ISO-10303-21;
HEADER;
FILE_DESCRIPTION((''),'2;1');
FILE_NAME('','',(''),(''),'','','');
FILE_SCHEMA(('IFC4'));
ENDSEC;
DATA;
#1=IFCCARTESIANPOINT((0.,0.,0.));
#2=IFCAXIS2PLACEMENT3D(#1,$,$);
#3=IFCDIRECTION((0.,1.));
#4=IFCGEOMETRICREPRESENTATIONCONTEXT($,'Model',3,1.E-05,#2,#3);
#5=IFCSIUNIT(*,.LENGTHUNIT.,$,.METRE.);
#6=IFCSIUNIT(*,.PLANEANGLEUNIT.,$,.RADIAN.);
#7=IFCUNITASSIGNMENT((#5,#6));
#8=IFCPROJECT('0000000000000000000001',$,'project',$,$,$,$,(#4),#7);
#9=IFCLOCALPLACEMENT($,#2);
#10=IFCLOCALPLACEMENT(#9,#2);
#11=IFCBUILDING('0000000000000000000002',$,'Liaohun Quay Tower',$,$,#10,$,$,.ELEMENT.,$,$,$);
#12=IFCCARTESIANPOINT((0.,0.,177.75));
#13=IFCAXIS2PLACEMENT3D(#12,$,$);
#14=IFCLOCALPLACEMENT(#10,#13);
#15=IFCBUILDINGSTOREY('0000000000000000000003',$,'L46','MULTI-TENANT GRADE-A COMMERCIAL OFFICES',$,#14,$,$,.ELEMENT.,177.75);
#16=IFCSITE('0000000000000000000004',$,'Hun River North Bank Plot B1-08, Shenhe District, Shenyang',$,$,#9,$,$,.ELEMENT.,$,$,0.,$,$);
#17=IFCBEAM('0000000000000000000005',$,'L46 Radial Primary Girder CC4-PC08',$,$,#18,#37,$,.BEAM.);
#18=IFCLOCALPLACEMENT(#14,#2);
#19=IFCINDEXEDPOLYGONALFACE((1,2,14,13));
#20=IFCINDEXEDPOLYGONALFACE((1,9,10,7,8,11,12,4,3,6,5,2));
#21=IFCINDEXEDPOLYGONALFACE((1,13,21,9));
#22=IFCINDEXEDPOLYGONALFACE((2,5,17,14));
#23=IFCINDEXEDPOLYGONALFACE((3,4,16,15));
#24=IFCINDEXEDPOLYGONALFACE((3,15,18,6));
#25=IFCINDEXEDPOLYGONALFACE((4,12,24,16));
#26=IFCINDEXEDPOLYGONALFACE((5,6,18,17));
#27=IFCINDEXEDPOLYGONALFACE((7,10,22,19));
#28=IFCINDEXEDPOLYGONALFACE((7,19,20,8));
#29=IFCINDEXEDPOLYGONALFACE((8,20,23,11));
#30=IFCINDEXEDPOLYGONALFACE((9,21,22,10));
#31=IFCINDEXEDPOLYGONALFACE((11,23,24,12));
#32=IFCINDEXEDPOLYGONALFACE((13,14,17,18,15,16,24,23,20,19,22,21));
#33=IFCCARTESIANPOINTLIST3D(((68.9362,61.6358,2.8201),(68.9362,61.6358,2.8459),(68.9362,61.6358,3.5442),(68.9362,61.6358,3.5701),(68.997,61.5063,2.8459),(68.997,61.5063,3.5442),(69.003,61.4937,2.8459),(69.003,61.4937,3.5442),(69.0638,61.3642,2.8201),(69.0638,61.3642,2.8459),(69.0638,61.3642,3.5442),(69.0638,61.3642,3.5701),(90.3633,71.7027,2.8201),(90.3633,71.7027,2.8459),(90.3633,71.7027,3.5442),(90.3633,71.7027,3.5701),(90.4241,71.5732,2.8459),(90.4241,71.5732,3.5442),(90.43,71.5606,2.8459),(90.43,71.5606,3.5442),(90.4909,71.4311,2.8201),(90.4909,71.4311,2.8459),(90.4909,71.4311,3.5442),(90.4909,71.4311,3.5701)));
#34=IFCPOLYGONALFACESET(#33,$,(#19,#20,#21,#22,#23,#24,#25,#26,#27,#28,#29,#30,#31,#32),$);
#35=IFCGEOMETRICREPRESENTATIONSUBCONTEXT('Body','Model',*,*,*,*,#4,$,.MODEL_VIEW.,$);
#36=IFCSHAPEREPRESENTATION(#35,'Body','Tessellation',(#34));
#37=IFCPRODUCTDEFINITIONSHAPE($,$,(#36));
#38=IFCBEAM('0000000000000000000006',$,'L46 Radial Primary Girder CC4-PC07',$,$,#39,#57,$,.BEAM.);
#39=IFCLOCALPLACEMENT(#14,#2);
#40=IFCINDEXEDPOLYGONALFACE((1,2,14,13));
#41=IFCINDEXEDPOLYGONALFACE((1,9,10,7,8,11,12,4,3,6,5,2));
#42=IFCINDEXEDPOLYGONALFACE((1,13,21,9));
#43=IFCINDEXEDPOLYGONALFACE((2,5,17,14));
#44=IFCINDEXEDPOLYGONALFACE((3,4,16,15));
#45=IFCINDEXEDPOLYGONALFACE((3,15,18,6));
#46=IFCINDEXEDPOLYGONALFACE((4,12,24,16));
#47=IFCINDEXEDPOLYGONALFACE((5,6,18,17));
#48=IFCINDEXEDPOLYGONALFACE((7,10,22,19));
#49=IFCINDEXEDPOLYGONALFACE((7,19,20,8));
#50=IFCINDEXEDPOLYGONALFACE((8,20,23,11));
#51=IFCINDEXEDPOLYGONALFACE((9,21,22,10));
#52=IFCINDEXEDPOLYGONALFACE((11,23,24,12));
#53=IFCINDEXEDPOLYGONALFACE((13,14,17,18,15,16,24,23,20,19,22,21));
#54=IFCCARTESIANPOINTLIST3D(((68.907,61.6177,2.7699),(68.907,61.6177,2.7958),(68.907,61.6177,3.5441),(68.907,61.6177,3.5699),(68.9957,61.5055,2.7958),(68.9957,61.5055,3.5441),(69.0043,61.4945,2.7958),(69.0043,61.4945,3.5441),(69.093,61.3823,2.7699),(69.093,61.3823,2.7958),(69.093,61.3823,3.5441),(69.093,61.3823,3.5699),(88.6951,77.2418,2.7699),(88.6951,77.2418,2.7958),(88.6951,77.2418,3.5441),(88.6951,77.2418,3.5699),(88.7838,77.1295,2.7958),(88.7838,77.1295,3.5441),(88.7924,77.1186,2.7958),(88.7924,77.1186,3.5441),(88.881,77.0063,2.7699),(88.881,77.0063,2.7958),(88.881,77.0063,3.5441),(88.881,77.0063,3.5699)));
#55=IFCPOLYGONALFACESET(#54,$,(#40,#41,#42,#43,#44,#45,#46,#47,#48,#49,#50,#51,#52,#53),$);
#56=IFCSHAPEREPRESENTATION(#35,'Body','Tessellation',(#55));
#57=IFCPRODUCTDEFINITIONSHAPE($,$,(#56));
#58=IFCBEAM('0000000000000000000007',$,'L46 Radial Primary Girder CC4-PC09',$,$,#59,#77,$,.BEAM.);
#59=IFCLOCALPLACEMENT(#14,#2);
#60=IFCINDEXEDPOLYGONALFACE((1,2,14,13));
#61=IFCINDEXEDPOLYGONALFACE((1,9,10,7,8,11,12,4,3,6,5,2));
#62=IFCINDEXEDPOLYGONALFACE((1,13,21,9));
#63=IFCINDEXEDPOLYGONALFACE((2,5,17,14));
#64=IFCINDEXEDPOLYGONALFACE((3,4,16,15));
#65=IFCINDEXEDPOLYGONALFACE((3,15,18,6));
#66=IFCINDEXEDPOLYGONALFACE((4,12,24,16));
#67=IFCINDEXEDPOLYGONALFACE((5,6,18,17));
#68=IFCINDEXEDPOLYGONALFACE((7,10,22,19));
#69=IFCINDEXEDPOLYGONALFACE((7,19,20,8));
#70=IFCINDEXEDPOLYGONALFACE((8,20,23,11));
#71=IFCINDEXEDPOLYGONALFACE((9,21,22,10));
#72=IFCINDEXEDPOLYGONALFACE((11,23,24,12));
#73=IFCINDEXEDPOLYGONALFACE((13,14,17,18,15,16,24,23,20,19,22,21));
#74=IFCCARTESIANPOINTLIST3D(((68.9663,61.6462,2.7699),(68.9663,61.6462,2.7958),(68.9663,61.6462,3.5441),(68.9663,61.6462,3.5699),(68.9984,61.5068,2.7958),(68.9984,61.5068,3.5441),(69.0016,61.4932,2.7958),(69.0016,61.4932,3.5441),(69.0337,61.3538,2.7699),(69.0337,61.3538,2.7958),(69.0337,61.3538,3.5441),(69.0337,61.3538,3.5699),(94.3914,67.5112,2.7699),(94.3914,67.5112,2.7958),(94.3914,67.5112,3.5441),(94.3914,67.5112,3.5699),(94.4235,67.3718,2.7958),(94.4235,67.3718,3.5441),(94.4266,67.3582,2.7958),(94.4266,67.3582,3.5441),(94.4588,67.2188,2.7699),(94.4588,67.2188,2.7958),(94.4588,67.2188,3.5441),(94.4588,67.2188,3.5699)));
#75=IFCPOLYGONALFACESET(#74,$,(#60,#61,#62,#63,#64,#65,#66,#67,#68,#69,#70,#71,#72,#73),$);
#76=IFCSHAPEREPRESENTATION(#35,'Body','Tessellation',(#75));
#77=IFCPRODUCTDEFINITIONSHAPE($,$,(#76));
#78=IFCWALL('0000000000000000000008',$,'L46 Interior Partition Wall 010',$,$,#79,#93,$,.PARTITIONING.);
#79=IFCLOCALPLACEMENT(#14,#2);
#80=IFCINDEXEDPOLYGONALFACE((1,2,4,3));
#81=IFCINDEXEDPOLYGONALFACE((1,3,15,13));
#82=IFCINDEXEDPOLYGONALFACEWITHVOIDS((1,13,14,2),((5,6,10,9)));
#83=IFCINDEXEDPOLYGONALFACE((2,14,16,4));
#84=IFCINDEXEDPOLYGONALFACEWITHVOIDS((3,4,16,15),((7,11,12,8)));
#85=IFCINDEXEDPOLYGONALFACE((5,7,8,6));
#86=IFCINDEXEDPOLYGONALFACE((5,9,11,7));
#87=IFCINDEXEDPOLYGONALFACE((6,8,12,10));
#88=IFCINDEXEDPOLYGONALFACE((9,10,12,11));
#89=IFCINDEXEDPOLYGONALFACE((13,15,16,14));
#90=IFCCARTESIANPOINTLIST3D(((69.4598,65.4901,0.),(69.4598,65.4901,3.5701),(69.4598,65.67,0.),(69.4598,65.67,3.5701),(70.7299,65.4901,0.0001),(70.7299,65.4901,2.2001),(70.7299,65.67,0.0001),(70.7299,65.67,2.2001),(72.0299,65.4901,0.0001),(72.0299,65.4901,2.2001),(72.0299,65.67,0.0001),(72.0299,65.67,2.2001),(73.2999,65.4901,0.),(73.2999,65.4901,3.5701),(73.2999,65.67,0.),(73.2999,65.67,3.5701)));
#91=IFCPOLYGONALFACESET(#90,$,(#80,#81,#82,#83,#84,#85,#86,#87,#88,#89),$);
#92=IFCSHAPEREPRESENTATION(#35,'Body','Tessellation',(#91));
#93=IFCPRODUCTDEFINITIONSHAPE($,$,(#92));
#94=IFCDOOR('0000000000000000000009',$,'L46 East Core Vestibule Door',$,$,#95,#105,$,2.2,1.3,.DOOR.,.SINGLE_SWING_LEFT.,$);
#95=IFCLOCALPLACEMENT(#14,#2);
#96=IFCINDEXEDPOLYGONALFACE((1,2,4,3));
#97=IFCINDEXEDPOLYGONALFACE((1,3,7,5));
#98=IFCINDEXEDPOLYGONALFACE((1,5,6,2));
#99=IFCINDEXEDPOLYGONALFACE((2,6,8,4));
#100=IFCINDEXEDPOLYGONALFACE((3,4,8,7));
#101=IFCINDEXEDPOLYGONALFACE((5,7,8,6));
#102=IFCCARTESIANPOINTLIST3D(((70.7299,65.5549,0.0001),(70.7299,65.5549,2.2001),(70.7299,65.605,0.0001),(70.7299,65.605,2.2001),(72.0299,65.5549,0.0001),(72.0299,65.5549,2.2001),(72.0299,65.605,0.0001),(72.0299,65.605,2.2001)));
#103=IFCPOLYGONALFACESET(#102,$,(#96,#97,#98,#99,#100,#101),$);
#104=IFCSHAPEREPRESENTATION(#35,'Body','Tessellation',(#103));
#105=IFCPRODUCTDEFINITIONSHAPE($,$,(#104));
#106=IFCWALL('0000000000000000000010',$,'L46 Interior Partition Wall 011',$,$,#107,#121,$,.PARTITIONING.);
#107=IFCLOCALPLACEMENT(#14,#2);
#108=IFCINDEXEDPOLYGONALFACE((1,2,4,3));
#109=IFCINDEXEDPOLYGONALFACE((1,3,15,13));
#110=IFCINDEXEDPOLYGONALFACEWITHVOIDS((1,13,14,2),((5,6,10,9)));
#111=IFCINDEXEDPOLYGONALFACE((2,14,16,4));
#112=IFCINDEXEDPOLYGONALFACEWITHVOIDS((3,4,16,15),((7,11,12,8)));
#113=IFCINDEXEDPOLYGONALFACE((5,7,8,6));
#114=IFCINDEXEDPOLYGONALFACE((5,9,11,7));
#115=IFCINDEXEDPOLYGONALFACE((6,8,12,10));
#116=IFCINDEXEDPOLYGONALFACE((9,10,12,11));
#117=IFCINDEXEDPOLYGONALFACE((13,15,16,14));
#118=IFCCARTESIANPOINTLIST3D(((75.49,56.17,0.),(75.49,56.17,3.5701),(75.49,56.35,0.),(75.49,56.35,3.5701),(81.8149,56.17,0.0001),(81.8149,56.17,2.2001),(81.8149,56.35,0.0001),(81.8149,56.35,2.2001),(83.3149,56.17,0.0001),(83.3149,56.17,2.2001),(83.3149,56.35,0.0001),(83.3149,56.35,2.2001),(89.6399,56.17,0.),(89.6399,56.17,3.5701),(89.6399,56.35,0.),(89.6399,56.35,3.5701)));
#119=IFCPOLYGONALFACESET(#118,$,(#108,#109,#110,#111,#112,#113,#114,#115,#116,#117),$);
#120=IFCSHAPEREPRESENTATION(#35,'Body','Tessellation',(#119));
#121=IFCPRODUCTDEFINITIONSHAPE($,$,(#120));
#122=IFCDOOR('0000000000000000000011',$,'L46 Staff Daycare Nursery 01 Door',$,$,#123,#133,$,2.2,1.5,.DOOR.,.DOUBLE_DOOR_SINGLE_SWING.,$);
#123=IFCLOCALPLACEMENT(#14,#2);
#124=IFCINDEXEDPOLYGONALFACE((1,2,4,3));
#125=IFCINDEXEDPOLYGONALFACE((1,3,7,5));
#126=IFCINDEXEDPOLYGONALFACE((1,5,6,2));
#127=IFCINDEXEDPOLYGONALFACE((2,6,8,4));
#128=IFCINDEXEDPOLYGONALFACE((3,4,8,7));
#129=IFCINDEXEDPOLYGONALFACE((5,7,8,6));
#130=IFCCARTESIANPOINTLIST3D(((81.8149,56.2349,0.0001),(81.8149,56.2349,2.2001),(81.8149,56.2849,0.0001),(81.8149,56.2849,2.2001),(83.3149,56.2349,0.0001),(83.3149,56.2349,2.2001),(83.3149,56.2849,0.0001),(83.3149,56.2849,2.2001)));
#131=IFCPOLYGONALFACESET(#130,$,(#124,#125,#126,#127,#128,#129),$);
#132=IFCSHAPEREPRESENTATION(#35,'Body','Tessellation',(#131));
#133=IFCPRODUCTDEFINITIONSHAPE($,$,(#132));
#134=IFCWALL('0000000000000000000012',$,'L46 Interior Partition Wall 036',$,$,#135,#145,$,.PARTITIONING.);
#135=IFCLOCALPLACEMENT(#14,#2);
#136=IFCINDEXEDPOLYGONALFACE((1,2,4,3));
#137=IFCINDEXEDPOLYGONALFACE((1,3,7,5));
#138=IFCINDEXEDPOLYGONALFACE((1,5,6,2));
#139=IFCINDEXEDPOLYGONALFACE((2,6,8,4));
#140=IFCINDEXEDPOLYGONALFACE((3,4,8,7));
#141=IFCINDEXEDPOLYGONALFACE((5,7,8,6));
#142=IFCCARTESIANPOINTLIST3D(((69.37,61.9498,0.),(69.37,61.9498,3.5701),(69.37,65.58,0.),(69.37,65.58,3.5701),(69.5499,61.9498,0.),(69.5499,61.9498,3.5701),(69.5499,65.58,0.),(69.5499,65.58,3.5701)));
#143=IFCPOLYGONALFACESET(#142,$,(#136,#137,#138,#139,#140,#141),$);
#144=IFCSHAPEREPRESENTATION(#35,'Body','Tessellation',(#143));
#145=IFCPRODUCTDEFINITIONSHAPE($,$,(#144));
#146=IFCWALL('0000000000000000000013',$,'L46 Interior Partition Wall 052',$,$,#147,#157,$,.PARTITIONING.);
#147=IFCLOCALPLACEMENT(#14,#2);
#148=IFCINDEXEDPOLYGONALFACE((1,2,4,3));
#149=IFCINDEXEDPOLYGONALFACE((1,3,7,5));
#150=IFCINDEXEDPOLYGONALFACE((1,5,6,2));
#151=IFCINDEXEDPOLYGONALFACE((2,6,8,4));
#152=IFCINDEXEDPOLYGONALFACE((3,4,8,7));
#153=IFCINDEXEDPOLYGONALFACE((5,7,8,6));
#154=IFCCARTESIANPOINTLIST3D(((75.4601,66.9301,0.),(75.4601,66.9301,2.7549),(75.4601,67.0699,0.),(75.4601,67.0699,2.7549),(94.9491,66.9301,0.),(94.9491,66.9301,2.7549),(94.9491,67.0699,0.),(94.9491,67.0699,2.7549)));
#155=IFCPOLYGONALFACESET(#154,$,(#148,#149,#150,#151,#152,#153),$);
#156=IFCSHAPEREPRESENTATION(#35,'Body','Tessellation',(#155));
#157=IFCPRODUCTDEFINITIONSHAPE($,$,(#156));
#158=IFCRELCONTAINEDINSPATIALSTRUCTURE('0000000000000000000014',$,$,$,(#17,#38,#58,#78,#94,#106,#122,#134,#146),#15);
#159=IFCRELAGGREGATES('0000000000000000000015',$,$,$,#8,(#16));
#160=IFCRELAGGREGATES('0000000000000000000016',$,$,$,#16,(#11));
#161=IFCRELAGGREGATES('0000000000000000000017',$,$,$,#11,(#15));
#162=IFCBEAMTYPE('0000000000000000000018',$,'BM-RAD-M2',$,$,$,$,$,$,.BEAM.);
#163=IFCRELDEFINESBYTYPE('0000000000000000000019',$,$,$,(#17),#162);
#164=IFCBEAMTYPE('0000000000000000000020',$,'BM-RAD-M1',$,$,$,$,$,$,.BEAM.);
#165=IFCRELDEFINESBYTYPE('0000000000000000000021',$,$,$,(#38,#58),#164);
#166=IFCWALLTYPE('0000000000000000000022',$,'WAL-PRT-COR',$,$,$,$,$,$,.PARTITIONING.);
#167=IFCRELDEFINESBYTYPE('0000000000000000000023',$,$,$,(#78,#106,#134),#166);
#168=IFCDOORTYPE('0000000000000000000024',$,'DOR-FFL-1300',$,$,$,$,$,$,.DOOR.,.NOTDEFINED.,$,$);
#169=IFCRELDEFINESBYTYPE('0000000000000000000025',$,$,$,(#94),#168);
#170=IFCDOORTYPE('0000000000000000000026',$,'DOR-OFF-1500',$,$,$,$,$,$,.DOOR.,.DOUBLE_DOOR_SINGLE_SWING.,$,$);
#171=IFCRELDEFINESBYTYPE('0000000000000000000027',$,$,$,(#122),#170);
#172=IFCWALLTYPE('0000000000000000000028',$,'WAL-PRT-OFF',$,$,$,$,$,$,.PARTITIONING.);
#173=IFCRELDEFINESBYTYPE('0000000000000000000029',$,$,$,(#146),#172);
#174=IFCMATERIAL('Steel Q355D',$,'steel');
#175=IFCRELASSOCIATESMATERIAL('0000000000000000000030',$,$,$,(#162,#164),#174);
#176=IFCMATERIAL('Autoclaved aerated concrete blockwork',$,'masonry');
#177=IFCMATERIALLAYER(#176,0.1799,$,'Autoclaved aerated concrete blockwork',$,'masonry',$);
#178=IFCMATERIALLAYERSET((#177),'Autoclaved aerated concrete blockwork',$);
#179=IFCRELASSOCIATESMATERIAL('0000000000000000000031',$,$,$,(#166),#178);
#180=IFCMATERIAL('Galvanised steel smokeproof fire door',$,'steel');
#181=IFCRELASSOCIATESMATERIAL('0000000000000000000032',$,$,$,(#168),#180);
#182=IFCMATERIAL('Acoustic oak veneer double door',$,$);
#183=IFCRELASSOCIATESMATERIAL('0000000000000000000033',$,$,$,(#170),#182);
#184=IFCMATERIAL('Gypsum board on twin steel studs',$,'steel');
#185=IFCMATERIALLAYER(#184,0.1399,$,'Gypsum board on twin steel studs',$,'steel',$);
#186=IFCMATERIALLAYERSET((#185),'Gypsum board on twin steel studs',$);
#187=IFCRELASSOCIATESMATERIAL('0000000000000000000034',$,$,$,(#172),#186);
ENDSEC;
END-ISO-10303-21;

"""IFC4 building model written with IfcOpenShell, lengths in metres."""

from ifc_helpers import new_model, si_unit, direction, frame, frame_2d, origin, origin_2d, place, context, subcontext, project, spatial, rectangle, i_section, extrude, source, transform, mapped, material, layer, layer_set, material_profile, profile_set, type_object, element, fill, save


model = new_model("IFC4")

# Units and contexts
model_context = context("Model", 3, precision=1e-05, world=origin(), true_north=direction((0.0, 1.0)))
body_context = subcontext(model_context, "Body", "Model", "MODEL_VIEW")
ifc_project = project(units=[si_unit("LENGTHUNIT", "METRE"), si_unit("PLANEANGLEUNIT", "RADIAN")], contexts=[model_context])

# Site, building, storey
site_placement = place(None, origin())
site = spatial("IfcSite", under=ifc_project, at=site_placement, Name="Hun River North Bank Plot B1-08, Shenhe District, Shenyang", CompositionType="ELEMENT", RefElevation=0.0)
building_placement = place(site_placement, origin())
building = spatial("IfcBuilding", under=site, at=building_placement, Name="Liaohun Quay Tower", CompositionType="ELEMENT")
storey_placement = place(building_placement, frame((0.0, 0.0, 177.75)))
storey = spatial("IfcBuildingStorey", under=building, at=storey_placement, Name="L46", Description="MULTI-TENANT GRADE-A COMMERCIAL OFFICES", CompositionType="ELEMENT", Elevation=177.75)

# Beams
ifc_material_1 = material(Name="Steel Q355D", Category="steel")
ifc_material_profile_1 = material_profile(ifc_material_1, i_section(OverallWidth=0.3, OverallDepth=0.75, WebThickness=0.0139, FlangeThickness=0.0259, at=origin_2d()), Name="HN750x300x14x26")
ifc_profile_set_1 = profile_set([ifc_material_profile_1], Name="Steel Q355D")
beam_type_1 = type_object("IfcBeamType", Name="BM-RAD-M2", PredefinedType="BEAM", material=ifc_profile_set_1)
shared_shape_1 = source(origin(), body_context, "Body", "SweptSolid", [
    extrude(i_section(OverallWidth=0.3, OverallDepth=0.75, WebThickness=0.0139, FlangeThickness=0.0259, at=origin_2d()), origin(), (0.0, 0.0, 1.0), 23.6741),
])
beam_1_placement = place(storey_placement, frame((69.0, 61.5, 3.1951), z_axis=(0.905085, 0.42523, 0.0), x_axis=(-0.42523, 0.905085, 0.0)))
element("IfcBeam", 1, at=beam_1_placement, inside=storey, type_object=beam_type_1, Name="L46 Radial Primary Girder CC4-PC08", PredefinedType="BEAM", context=body_context, shape_type="MappedRepresentation", body=[
    mapped(shared_shape_1, transform((0.0, 0.0, 0.0), x_axis=(1.0, 0.0, 0.0), y_axis=(0.0, 1.0, 0.0), z_axis=(0.0, 0.0, 1.0), scale=1.0)),
])
ifc_material_profile_2 = material_profile(ifc_material_1, i_section(OverallWidth=0.3, OverallDepth=0.8, WebThickness=0.0139, FlangeThickness=0.0259, at=origin_2d()), Name="HN800x300x14x26")
ifc_profile_set_2 = profile_set([ifc_material_profile_2], Name="Steel Q355D")
beam_type_2 = type_object("IfcBeamType", Name="BM-RAD-M1", PredefinedType="BEAM", material=ifc_profile_set_2)
shared_shape_2 = source(origin(), body_context, "Body", "SweptSolid", [
    extrude(i_section(OverallWidth=0.3, OverallDepth=0.8, WebThickness=0.0139, FlangeThickness=0.0259, at=origin_2d()), origin(), (0.0, 0.0, 1.0), 25.2126),
])
beam_2_placement = place(storey_placement, frame((69.0, 61.5, 3.1699), z_axis=(0.784847, 0.619689, 0.0), x_axis=(-0.619689, 0.784847, 0.0)))
element("IfcBeam", 2, at=beam_2_placement, inside=storey, type_object=beam_type_2, Name="L46 Radial Primary Girder CC4-PC07", PredefinedType="BEAM", context=body_context, shape_type="MappedRepresentation", body=[
    mapped(shared_shape_2, transform((0.0, 0.0, 0.0), x_axis=(1.0, 0.0, 0.0), y_axis=(0.0, 1.0, 0.0), z_axis=(0.0, 0.0, 1.0), scale=1.0)),
])
shared_shape_3 = source(origin(), body_context, "Body", "SweptSolid", [
    extrude(i_section(OverallWidth=0.3, OverallDepth=0.8, WebThickness=0.0139, FlangeThickness=0.0259, at=origin_2d()), origin(), (0.0, 0.0, 1.0), 26.0928),
])
beam_3_placement = place(storey_placement, frame((69.0, 61.5, 3.1699), z_axis=(0.974411, 0.224775, 0.0), x_axis=(-0.224775, 0.974411, 0.0)))
element("IfcBeam", 3, at=beam_3_placement, inside=storey, type_object=beam_type_2, Name="L46 Radial Primary Girder CC4-PC09", PredefinedType="BEAM", context=body_context, shape_type="MappedRepresentation", body=[
    mapped(shared_shape_3, transform((0.0, 0.0, 0.0), x_axis=(1.0, 0.0, 0.0), y_axis=(0.0, 1.0, 0.0), z_axis=(0.0, 0.0, 1.0), scale=1.0)),
])

# Walls, openings, doors
ifc_material_2 = material(Name="Autoclaved aerated concrete blockwork", Category="masonry")
ifc_layer_1 = layer(ifc_material_2, 0.1799, Name="Autoclaved aerated concrete blockwork", Category="masonry")
ifc_layer_set_1 = layer_set([ifc_layer_1], Name="Autoclaved aerated concrete blockwork")
wall_type_1 = type_object("IfcWallType", Name="WAL-PRT-COR", PredefinedType="PARTITIONING", material=ifc_layer_set_1)
wall_1_placement = place(storey_placement, frame((69.46, 65.5801, 0.0), z_axis=(0.0, 0.0, 1.0), x_axis=(1.0, 0.0, 0.0)))
wall_1 = element("IfcWall", 4, at=wall_1_placement, inside=storey, type_object=wall_type_1, Name="L46 Interior Partition Wall 010", PredefinedType="PARTITIONING", context=body_context, shape_type="SweptSolid", body=[
    extrude(rectangle(XDim=3.8401, YDim=0.1799, at=frame_2d((1.9199, 0.0))), origin(), (0.0, 0.0, 1.0), 3.5701),
])
shared_shape_4 = source(origin(), body_context, "Body", "SweptSolid", [
    extrude(rectangle(XDim=1.3, YDim=2.2, at=frame_2d((0.6499, 1.1001))), frame((0.0, 0.0999, 0.0), z_axis=(0.0, -1.0, 0.0), x_axis=(1.0, 0.0, 0.0)), (0.0, 0.0, 1.0), 0.2),
])
opening_1_placement = place(wall_1_placement, frame((1.27, 0.0, 0.0)))
opening_1 = element("IfcOpeningElement", 5, at=opening_1_placement, cuts=wall_1, PredefinedType="OPENING", context=body_context, shape_type="MappedRepresentation", body=[
    mapped(shared_shape_4, transform((0.0, 0.0, 0.0), x_axis=(1.0, 0.0, 0.0), y_axis=(0.0, 1.0, 0.0), z_axis=(0.0, 0.0, 1.0), scale=1.0)),
])
ifc_material_3 = material(Name="Galvanised steel smokeproof fire door", Category="steel")
door_type_1 = type_object("IfcDoorType", Name="DOR-FFL-1300", OperationType="NOTDEFINED", PredefinedType="DOOR", material=ifc_material_3)
shared_shape_5 = source(origin(), body_context, "Body", "SweptSolid", [
    extrude(rectangle(XDim=1.3, YDim=2.2, at=frame_2d((0.6499, 1.1001))), frame((0.0, 0.0249, 0.0), z_axis=(0.0, -1.0, 0.0), x_axis=(1.0, 0.0, 0.0)), (0.0, 0.0, 1.0), 0.05),
])
door_1_placement = place(opening_1_placement, origin())
door_1 = element("IfcDoor", 6, at=door_1_placement, inside=storey, type_object=door_type_1, Name="L46 East Core Vestibule Door", OperationType="SINGLE_SWING_LEFT", OverallHeight=2.2, OverallWidth=1.3, PredefinedType="DOOR", context=body_context, shape_type="MappedRepresentation", body=[
    mapped(shared_shape_5, transform((0.0, 0.0, 0.0), x_axis=(1.0, 0.0, 0.0), y_axis=(0.0, 1.0, 0.0), z_axis=(0.0, 0.0, 1.0), scale=1.0)),
])
fill(opening_1, door_1)
wall_2_placement = place(storey_placement, frame((75.49, 56.26, 0.0), z_axis=(0.0, 0.0, 1.0), x_axis=(1.0, 0.0, 0.0)))
wall_2 = element("IfcWall", 7, at=wall_2_placement, inside=storey, type_object=wall_type_1, Name="L46 Interior Partition Wall 011", PredefinedType="PARTITIONING", context=body_context, shape_type="SweptSolid", body=[
    extrude(rectangle(XDim=14.1499, YDim=0.1799, at=frame_2d((7.075, 0.0))), origin(), (0.0, 0.0, 1.0), 3.5701),
])
shared_shape_6 = source(origin(), body_context, "Body", "SweptSolid", [
    extrude(rectangle(XDim=1.5, YDim=2.2, at=frame_2d((0.75, 1.1001))), frame((0.0, 0.0999, 0.0), z_axis=(0.0, -1.0, 0.0), x_axis=(1.0, 0.0, 0.0)), (0.0, 0.0, 1.0), 0.2),
])
opening_2_placement = place(wall_2_placement, frame((6.325, 0.0, 0.0)))
opening_2 = element("IfcOpeningElement", 8, at=opening_2_placement, cuts=wall_2, PredefinedType="OPENING", context=body_context, shape_type="MappedRepresentation", body=[
    mapped(shared_shape_6, transform((0.0, 0.0, 0.0), x_axis=(1.0, 0.0, 0.0), y_axis=(0.0, 1.0, 0.0), z_axis=(0.0, 0.0, 1.0), scale=1.0)),
])
ifc_material_4 = material(Name="Acoustic oak veneer double door")
door_type_2 = type_object("IfcDoorType", Name="DOR-OFF-1500", OperationType="DOUBLE_DOOR_SINGLE_SWING", PredefinedType="DOOR", material=ifc_material_4)
shared_shape_7 = source(origin(), body_context, "Body", "SweptSolid", [
    extrude(rectangle(XDim=1.5, YDim=2.2, at=frame_2d((0.75, 1.1001))), frame((0.0, 0.0249, 0.0), z_axis=(0.0, -1.0, 0.0), x_axis=(1.0, 0.0, 0.0)), (0.0, 0.0, 1.0), 0.05),
])
door_2_placement = place(opening_2_placement, origin())
door_2 = element("IfcDoor", 9, at=door_2_placement, inside=storey, type_object=door_type_2, Name="L46 Staff Daycare Nursery 01 Door", OperationType="DOUBLE_DOOR_SINGLE_SWING", OverallHeight=2.2, OverallWidth=1.5, PredefinedType="DOOR", context=body_context, shape_type="MappedRepresentation", body=[
    mapped(shared_shape_7, transform((0.0, 0.0, 0.0), x_axis=(1.0, 0.0, 0.0), y_axis=(0.0, 1.0, 0.0), z_axis=(0.0, 0.0, 1.0), scale=1.0)),
])
fill(opening_2, door_2)

# Walls
wall_3_placement = place(storey_placement, frame((69.46, 61.95, 0.0), z_axis=(0.0, 0.0, 1.0), x_axis=(0.0, 1.0, 0.0)))
element("IfcWall", 10, at=wall_3_placement, inside=storey, type_object=wall_type_1, Name="L46 Interior Partition Wall 036", PredefinedType="PARTITIONING", context=body_context, shape_type="SweptSolid", body=[
    extrude(rectangle(XDim=3.6301, YDim=0.1799, at=frame_2d((1.8149, 0.0))), origin(), (0.0, 0.0, 1.0), 3.5701),
])
ifc_material_5 = material(Name="Gypsum board on twin steel studs", Category="steel")
ifc_layer_2 = layer(ifc_material_5, 0.1399, Name="Gypsum board on twin steel studs", Category="steel")
ifc_layer_set_2 = layer_set([ifc_layer_2], Name="Gypsum board on twin steel studs")
wall_type_2 = type_object("IfcWallType", Name="WAL-PRT-OFF", PredefinedType="PARTITIONING", material=ifc_layer_set_2)
wall_4_placement = place(storey_placement, frame((75.46, 67.0, 0.0), z_axis=(0.0, 0.0, 1.0), x_axis=(1.0, 0.0, 0.0)))
element("IfcWall", 11, at=wall_4_placement, inside=storey, type_object=wall_type_2, Name="L46 Interior Partition Wall 052", PredefinedType="PARTITIONING", context=body_context, shape_type="SweptSolid", body=[
    extrude(rectangle(XDim=19.489, YDim=0.1399, at=frame_2d((9.7446, 0.0))), origin(), (0.0, 0.0, 1.0), 2.7549),
])

save(model, "model.ifc")
